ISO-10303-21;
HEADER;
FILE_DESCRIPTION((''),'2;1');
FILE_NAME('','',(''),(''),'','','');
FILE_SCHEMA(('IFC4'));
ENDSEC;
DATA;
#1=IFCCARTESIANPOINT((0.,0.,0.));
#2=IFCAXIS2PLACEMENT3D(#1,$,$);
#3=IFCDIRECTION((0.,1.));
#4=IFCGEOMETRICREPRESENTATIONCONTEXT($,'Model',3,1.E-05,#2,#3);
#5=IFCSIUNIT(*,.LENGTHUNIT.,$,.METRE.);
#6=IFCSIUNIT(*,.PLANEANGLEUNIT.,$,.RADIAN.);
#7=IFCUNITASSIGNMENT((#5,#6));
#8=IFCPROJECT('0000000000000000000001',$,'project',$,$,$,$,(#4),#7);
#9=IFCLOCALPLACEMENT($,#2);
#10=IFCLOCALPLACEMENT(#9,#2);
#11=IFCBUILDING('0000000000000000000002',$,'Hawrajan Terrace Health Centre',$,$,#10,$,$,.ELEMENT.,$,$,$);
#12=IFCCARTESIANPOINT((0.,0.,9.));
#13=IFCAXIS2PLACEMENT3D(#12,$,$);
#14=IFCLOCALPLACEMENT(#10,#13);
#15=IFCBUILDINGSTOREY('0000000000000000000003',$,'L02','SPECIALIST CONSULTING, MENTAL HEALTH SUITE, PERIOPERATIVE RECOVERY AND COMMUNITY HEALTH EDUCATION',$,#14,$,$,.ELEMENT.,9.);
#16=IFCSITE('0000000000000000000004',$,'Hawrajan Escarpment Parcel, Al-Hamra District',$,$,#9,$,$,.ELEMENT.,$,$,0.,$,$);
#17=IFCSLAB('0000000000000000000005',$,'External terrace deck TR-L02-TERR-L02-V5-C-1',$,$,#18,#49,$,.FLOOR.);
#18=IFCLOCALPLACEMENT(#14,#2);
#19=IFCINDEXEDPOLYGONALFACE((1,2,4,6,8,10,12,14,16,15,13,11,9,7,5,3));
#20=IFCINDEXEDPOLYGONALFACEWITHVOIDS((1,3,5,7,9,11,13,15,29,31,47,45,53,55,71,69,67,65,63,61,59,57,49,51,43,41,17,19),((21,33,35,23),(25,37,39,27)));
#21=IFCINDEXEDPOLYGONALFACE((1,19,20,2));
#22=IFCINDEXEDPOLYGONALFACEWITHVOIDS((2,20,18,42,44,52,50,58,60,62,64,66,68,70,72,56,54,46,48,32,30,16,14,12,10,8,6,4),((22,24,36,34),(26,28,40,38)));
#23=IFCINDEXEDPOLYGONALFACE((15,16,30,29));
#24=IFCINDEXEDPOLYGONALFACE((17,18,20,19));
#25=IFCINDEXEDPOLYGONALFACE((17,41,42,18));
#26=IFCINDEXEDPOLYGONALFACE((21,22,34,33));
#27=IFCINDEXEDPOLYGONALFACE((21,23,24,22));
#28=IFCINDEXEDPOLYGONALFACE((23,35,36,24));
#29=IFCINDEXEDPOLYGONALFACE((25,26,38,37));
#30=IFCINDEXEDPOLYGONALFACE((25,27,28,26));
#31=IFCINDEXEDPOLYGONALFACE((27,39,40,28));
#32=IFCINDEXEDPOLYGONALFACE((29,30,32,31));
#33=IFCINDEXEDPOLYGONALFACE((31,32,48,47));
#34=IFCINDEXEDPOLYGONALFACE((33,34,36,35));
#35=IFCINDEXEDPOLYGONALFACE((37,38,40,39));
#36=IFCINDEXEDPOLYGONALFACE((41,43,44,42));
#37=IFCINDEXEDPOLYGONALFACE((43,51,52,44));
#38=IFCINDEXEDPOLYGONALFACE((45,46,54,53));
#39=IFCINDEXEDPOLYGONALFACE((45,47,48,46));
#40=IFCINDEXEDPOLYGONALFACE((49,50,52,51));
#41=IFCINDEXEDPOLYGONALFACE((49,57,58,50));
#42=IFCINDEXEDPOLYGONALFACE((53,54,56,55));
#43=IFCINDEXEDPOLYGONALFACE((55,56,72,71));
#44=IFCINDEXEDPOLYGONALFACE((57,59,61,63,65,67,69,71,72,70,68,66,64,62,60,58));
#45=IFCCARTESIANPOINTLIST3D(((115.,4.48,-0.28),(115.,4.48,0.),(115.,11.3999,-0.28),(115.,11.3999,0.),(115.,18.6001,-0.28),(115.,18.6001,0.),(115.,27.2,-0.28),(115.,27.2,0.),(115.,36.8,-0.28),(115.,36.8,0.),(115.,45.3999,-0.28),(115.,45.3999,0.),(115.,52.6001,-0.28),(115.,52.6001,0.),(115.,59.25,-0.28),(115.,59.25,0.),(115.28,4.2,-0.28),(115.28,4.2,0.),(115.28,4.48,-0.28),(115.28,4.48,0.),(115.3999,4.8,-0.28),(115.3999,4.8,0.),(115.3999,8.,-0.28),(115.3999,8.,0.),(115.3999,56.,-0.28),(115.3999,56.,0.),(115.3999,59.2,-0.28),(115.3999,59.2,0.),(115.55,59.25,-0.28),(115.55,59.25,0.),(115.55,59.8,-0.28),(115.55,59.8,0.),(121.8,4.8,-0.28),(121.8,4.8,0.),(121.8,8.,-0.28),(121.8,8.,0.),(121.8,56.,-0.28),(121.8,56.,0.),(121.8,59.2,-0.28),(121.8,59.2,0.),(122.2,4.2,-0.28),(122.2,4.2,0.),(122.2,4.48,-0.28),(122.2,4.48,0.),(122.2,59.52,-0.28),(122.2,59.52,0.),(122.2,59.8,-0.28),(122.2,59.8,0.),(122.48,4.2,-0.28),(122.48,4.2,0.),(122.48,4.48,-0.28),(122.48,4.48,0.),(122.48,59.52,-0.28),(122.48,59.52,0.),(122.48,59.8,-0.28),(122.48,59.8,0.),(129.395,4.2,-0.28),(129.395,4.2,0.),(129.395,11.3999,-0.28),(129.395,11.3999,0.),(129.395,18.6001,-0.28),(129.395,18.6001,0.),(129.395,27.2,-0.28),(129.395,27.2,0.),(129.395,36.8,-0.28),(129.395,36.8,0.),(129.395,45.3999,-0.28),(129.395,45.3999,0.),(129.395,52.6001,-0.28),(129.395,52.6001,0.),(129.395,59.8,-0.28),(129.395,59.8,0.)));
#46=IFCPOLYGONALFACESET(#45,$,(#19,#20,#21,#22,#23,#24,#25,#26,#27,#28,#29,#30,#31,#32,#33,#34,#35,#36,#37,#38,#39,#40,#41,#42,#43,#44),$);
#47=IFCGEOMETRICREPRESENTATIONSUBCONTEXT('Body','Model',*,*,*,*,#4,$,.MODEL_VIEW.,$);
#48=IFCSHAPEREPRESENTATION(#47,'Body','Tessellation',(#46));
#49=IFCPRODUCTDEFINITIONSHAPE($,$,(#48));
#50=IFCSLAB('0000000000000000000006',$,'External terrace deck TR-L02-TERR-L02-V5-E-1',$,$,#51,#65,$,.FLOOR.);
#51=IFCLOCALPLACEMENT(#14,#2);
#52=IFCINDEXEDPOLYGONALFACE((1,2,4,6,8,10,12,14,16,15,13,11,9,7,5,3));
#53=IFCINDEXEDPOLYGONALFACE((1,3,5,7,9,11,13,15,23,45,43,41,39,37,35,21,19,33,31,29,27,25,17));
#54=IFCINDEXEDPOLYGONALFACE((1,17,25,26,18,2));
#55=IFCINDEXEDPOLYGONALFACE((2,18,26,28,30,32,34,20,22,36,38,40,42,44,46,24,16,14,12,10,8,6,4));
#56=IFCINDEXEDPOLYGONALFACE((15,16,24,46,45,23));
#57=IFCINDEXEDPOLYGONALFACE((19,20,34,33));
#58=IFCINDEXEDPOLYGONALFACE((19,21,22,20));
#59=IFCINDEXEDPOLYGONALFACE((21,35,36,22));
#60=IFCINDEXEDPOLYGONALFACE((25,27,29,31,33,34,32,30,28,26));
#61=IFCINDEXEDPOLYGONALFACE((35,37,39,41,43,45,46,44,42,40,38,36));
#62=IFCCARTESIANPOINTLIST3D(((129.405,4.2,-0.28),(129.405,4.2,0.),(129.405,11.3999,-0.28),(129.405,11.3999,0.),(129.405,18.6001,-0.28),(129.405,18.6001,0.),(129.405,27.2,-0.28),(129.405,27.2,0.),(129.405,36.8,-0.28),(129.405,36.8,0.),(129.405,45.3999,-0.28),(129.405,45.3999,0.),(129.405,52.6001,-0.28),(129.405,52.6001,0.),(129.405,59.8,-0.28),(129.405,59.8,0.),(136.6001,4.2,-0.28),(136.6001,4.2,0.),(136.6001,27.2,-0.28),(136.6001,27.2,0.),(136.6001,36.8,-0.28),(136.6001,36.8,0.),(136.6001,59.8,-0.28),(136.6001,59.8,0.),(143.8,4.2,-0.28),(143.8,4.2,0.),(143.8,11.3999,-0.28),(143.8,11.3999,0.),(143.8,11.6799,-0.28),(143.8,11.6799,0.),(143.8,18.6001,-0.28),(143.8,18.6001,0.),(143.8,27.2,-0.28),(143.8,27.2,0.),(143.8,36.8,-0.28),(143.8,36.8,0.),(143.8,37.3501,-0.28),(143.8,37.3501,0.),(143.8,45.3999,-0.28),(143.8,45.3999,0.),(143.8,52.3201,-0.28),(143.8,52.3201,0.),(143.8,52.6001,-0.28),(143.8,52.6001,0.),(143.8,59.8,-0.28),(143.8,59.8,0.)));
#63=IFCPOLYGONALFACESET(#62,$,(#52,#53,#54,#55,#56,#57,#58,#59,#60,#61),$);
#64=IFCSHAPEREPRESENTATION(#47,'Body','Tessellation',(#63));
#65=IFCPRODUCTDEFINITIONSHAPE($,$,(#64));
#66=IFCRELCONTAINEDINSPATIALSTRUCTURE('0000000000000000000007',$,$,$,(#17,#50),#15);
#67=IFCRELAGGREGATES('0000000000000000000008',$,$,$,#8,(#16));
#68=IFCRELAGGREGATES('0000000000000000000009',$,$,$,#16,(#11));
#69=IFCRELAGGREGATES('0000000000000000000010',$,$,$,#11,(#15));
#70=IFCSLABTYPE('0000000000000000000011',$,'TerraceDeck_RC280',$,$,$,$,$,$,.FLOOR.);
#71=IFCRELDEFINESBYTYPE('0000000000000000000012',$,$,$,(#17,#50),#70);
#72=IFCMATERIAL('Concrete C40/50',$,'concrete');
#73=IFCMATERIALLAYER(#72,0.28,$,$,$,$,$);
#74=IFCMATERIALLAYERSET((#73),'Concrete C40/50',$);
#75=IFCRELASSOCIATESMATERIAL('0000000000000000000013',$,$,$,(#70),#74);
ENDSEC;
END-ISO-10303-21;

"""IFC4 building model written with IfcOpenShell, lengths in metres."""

from ifc_helpers import new_model, si_unit, direction, frame, origin, place, context, subcontext, project, spatial, polyline, outline, extrude, material, layer, layer_set, type_object, element, save


model = new_model("IFC4")

# Units and contexts
model_context = context("Model", 3, precision=1e-05, world=origin(), true_north=direction((0.0, 1.0)))
body_context = subcontext(model_context, "Body", "Model", "MODEL_VIEW")
ifc_project = project(units=[si_unit("LENGTHUNIT", "METRE"), si_unit("PLANEANGLEUNIT", "RADIAN")], contexts=[model_context])

# Site, building, storey
site_placement = place(None, origin())
site = spatial("IfcSite", under=ifc_project, at=site_placement, Name="Hawrajan Escarpment Parcel, Al-Hamra District", CompositionType="ELEMENT", RefElevation=0.0)
building_placement = place(site_placement, origin())
building = spatial("IfcBuilding", under=site, at=building_placement, Name="Hawrajan Terrace Health Centre", CompositionType="ELEMENT")
storey_placement = place(building_placement, frame((0.0, 0.0, 9.0)))
storey = spatial("IfcBuildingStorey", under=building, at=storey_placement, Name="L02", Description="SPECIALIST CONSULTING, MENTAL HEALTH SUITE, PERIOPERATIVE RECOVERY AND COMMUNITY HEALTH EDUCATION", CompositionType="ELEMENT", Elevation=9.0)

# Shared definitions
ifc_material_1 = material(Name="Concrete C40/50", Category="concrete")

# Slabs
ifc_layer_1 = layer(ifc_material_1, 0.28)
ifc_layer_set_1 = layer_set([ifc_layer_1], Name="Concrete C40/50")
slab_type_1 = type_object("IfcSlabType", Name="TerraceDeck_RC280", PredefinedType="FLOOR", material=ifc_layer_set_1)
slab_1_placement = place(storey_placement, frame((0.0, 0.0, -0.28)))
element("IfcSlab", 1, at=slab_1_placement, inside=storey, type_object=slab_type_1, Name="External terrace deck TR-L02-TERR-L02-V5-C-1", PredefinedType="FLOOR", context=body_context, shape_type="SweptSolid", body=[
    extrude(outline(polyline([(115.0, 18.6001), (115.0, 27.2), (115.0, 36.8), (115.0, 45.3999), (115.0, 52.6001), (115.0, 59.25), (115.55, 59.25), (115.55, 59.8), (122.2, 59.8), (122.2, 59.52), (122.48, 59.52), (122.48, 59.8), (129.395, 59.8), (129.395, 52.6001), (129.395, 45.3999), (129.395, 36.8), (129.395, 27.2), (129.395, 18.6001), (129.395, 11.3999), (129.395, 4.2), (122.48, 4.2), (122.48, 4.48), (122.2, 4.48), (122.2, 4.2), (115.28, 4.2), (115.28, 4.48), (115.0, 4.48), (115.0, 11.3999), (115.0, 18.6001)]), holes=[polyline([(115.3999, 4.8), (121.8, 4.8), (121.8, 8.0), (115.3999, 8.0), (115.3999, 4.8)]), polyline([(121.8, 56.0), (121.8, 59.2), (115.3999, 59.2), (115.3999, 56.0), (121.8, 56.0)])]), origin(), (0.0, 0.0, 1.0), 0.28),
])
slab_2_placement = place(storey_placement, frame((0.0, 0.0, -0.28)))
element("IfcSlab", 2, at=slab_2_placement, inside=storey, type_object=slab_type_1, Name="External terrace deck TR-L02-TERR-L02-V5-E-1", PredefinedType="FLOOR", context=body_context, shape_type="SweptSolid", body=[
    extrude(outline(polyline([(129.405, 18.6001), (129.405, 27.2), (129.405, 36.8), (129.405, 45.3999), (129.405, 52.6001), (129.405, 59.8), (136.6001, 59.8), (143.8, 59.8), (143.8, 52.6001), (143.8, 52.3201), (143.8, 45.3999), (143.8, 37.3501), (143.8, 36.8), (136.6001, 36.8), (136.6001, 27.2), (143.8, 27.2), (143.8, 18.6001), (143.8, 11.6799), (143.8, 11.3999), (143.8, 4.2), (136.6001, 4.2), (129.405, 4.2), (129.405, 11.3999), (129.405, 18.6001)])), origin(), (0.0, 0.0, 1.0), 0.28),
])

save(model, "model.ifc")
